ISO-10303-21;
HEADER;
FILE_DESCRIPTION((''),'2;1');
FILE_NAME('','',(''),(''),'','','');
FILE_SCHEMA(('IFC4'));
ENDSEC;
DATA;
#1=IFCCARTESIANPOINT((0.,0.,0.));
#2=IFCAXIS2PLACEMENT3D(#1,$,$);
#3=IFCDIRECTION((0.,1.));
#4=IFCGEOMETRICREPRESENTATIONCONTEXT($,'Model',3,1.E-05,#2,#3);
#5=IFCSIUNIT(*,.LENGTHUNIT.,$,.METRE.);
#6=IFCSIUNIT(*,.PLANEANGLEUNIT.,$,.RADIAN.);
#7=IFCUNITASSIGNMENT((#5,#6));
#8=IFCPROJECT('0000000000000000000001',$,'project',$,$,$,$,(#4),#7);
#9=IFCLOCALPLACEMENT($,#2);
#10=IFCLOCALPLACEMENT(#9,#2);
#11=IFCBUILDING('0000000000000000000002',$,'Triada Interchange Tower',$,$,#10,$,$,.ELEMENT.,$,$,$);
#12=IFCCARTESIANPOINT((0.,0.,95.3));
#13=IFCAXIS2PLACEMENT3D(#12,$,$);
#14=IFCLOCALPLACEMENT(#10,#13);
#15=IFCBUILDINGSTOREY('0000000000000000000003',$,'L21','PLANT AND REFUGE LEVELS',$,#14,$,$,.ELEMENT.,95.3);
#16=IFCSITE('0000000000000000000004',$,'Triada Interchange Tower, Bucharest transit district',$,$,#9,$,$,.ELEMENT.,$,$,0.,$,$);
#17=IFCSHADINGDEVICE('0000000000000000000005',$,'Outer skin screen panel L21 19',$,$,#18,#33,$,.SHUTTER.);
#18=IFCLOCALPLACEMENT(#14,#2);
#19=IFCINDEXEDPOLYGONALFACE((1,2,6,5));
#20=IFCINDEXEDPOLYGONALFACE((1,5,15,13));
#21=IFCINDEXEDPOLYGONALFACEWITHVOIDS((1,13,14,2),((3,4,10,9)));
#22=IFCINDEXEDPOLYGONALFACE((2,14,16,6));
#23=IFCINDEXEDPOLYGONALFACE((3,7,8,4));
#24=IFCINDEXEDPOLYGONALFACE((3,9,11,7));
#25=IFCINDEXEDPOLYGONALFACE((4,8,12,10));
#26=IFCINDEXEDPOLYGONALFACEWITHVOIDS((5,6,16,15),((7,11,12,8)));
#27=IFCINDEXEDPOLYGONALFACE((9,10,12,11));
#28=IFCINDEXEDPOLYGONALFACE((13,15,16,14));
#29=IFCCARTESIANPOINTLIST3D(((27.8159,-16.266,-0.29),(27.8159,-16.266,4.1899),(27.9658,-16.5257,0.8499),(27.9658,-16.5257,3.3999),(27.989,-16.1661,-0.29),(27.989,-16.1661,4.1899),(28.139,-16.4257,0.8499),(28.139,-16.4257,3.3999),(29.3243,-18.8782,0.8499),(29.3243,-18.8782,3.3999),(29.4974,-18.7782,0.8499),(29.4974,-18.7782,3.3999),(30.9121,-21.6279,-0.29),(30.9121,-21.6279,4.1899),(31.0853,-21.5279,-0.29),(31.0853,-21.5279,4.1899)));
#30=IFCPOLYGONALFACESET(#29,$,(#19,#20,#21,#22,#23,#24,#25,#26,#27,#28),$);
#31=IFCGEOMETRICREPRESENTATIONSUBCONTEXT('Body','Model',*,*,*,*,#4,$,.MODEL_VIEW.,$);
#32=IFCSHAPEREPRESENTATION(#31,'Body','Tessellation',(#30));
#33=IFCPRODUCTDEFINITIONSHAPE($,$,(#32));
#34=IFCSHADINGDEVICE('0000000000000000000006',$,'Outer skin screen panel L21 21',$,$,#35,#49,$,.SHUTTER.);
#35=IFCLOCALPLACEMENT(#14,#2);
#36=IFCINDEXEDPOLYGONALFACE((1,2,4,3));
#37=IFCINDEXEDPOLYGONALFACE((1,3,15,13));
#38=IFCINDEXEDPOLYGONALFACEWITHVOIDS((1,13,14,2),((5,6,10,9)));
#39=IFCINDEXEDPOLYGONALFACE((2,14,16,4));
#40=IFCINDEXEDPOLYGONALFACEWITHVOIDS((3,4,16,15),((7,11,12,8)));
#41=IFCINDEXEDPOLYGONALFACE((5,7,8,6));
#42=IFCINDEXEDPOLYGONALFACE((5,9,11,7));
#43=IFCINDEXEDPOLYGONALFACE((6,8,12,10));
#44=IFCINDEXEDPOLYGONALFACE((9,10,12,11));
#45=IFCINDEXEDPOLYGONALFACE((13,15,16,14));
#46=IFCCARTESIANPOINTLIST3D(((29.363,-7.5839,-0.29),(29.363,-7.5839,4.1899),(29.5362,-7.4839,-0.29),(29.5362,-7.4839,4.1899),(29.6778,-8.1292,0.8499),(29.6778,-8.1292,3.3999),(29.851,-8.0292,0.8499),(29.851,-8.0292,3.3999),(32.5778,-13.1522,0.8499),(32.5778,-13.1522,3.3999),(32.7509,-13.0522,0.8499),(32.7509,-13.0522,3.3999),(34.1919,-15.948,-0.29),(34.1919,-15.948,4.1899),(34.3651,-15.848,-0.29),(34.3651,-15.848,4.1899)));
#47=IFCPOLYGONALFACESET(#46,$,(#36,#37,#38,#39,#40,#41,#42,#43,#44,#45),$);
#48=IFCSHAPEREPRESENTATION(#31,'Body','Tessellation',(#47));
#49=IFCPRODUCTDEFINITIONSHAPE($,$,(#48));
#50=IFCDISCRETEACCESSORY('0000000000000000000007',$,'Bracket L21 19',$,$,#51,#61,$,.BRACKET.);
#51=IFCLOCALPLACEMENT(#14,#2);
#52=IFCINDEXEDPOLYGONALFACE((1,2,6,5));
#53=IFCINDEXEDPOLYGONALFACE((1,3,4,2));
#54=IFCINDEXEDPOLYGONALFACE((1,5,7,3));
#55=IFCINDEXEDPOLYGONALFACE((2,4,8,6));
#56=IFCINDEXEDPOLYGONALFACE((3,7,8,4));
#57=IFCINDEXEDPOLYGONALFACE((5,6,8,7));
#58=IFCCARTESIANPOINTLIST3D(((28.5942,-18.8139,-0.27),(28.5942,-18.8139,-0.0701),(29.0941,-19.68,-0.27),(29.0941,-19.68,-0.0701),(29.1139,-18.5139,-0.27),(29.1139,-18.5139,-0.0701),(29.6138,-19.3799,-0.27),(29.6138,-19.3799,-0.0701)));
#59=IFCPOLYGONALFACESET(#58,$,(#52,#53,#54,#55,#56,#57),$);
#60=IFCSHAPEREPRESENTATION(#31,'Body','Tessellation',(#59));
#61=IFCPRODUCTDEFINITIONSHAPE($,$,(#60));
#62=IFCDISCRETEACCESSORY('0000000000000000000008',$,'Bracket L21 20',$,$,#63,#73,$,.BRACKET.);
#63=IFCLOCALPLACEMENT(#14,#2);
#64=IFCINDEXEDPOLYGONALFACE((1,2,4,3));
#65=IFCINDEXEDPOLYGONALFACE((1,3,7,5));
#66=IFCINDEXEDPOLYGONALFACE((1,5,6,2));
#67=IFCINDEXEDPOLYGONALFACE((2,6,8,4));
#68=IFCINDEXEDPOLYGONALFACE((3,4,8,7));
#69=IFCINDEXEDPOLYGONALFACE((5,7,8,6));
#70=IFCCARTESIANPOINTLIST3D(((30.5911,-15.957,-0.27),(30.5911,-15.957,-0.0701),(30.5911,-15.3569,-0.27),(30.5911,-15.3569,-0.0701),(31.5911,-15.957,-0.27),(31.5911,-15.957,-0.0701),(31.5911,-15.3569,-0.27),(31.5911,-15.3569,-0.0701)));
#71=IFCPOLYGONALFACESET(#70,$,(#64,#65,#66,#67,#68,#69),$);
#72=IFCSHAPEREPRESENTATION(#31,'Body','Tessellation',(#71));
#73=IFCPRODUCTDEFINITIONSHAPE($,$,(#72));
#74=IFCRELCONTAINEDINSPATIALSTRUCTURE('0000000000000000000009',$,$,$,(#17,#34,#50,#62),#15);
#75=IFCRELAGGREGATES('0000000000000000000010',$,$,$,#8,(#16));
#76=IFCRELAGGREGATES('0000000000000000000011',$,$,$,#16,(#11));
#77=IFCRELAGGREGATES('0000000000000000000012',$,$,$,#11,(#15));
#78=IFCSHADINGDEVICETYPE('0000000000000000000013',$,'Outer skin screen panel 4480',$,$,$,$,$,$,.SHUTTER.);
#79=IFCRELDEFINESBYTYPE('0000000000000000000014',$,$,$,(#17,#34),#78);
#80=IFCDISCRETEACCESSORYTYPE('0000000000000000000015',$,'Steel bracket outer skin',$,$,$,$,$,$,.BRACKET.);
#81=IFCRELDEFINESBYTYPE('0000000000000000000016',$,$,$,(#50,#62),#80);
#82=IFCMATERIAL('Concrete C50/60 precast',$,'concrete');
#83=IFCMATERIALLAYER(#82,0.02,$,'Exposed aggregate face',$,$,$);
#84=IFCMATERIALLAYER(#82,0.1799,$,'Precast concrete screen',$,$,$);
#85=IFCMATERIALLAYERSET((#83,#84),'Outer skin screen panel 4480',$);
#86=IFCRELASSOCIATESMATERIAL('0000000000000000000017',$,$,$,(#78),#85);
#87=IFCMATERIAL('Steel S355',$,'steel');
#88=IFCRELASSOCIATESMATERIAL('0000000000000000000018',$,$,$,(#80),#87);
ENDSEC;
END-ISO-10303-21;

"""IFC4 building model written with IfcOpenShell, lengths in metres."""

from ifc_helpers import new_model, si_unit, direction, frame, origin, origin_2d, place, context, subcontext, project, spatial, polyline, rectangle, outline, extrude, material, layer, layer_set, type_object, element, save


model = new_model("IFC4")

# Units and contexts
model_context = context("Model", 3, precision=1e-05, world=origin(), true_north=direction((0.0, 1.0)))
body_context = subcontext(model_context, "Body", "Model", "MODEL_VIEW")
ifc_project = project(units=[si_unit("LENGTHUNIT", "METRE"), si_unit("PLANEANGLEUNIT", "RADIAN")], contexts=[model_context])

# Site, building, storey
site_placement = place(None, origin())
site = spatial("IfcSite", under=ifc_project, at=site_placement, Name="Triada Interchange Tower, Bucharest transit district", CompositionType="ELEMENT", RefElevation=0.0)
building_placement = place(site_placement, origin())
building = spatial("IfcBuilding", under=site, at=building_placement, Name="Triada Interchange Tower", CompositionType="ELEMENT")
storey_placement = place(building_placement, frame((0.0, 0.0, 95.3)))
storey = spatial("IfcBuildingStorey", under=building, at=storey_placement, Name="L21", Description="PLANT AND REFUGE LEVELS", CompositionType="ELEMENT", Elevation=95.3)

# Shared definitions
ifc_material_1 = material(Name="Steel S355", Category="steel")

# Shading devices
ifc_material_2 = material(Name="Concrete C50/60 precast", Category="concrete")
ifc_layer_1 = layer(ifc_material_2, 0.02, Name="Exposed aggregate face")
ifc_layer_2 = layer(ifc_material_2, 0.1799, Name="Precast concrete screen")
ifc_layer_set_1 = layer_set([ifc_layer_1, ifc_layer_2], Name="Outer skin screen panel 4480")
shading_device_type = type_object("IfcShadingDeviceType", Name="Outer skin screen panel 4480", PredefinedType="SHUTTER", material=ifc_layer_set_1)
shading_device_1_placement = place(storey_placement, frame((30.9121, -21.6279, -0.29), z_axis=(0.0, 0.0, 1.0), x_axis=(-0.500066, 0.865987, 0.0)))
element("IfcShadingDevice", 1, at=shading_device_1_placement, inside=storey, type_object=shading_device_type, Name="Outer skin screen panel L21 19", PredefinedType="SHUTTER", context=body_context, shape_type="SweptSolid", body=[
    extrude(outline(polyline([(0.0, 0.0), (6.1917, 0.0), (6.1917, 4.48), (0.0, 4.48), (0.0, 0.0)]), holes=[polyline([(3.1753, 1.1399), (3.1753, 3.6899), (5.8918, 3.6899), (5.8918, 1.1399), (3.1753, 1.1399)])]), frame((0.0, 0.0, 0.0), z_axis=(0.0, -1.0, 0.0), x_axis=(1.0, 0.0, 0.0)), (0.0, 0.0, 1.0), 0.2),
])
shading_device_2_placement = place(storey_placement, frame((34.1919, -15.948, -0.29), z_axis=(0.0, 0.0, 1.0), x_axis=(-0.499992, 0.86603, 0.0)))
element("IfcShadingDevice", 2, at=shading_device_2_placement, inside=storey, type_object=shading_device_type, Name="Outer skin screen panel L21 21", PredefinedType="SHUTTER", context=body_context, shape_type="SweptSolid", body=[
    extrude(outline(polyline([(0.0, 0.0), (9.658, 0.0), (9.658, 4.48), (0.0, 4.48), (0.0, 0.0)]), holes=[polyline([(3.2283, 1.1399), (3.2283, 3.6899), (9.0283, 3.6899), (9.0283, 1.1399), (3.2283, 1.1399)])]), frame((0.0, 0.0, 0.0), z_axis=(0.0, -1.0, 0.0), x_axis=(1.0, 0.0, 0.0)), (0.0, 0.0, 1.0), 0.2),
])

# Discrete accessories
discrete_accessory_type = type_object("IfcDiscreteAccessoryType", Name="Steel bracket outer skin", PredefinedType="BRACKET", material=ifc_material_1)
for number, where, z_axis, x_axis, name in (
    (3, (29.104, -19.0969, -0.27), (0.0, 0.0, 1.0), (0.866048, 0.49996, 0.0), "Bracket L21 19"),
    (4, (31.0911, -15.657, -0.27), (0.0, 0.0, 1.0), (0.0, -1.0, 0.0), "Bracket L21 20"),
):
    element("IfcDiscreteAccessory", number, at=place(storey_placement, frame(where, z_axis=z_axis, x_axis=x_axis)), inside=storey, type_object=discrete_accessory_type, Name=name, PredefinedType="BRACKET", context=body_context, shape_type="SweptSolid", body=[
        extrude(rectangle(XDim=0.6001, YDim=1.0, at=origin_2d()), origin(), (0.0, 0.0, 1.0), 0.2),
    ])

save(model, "model.ifc")
